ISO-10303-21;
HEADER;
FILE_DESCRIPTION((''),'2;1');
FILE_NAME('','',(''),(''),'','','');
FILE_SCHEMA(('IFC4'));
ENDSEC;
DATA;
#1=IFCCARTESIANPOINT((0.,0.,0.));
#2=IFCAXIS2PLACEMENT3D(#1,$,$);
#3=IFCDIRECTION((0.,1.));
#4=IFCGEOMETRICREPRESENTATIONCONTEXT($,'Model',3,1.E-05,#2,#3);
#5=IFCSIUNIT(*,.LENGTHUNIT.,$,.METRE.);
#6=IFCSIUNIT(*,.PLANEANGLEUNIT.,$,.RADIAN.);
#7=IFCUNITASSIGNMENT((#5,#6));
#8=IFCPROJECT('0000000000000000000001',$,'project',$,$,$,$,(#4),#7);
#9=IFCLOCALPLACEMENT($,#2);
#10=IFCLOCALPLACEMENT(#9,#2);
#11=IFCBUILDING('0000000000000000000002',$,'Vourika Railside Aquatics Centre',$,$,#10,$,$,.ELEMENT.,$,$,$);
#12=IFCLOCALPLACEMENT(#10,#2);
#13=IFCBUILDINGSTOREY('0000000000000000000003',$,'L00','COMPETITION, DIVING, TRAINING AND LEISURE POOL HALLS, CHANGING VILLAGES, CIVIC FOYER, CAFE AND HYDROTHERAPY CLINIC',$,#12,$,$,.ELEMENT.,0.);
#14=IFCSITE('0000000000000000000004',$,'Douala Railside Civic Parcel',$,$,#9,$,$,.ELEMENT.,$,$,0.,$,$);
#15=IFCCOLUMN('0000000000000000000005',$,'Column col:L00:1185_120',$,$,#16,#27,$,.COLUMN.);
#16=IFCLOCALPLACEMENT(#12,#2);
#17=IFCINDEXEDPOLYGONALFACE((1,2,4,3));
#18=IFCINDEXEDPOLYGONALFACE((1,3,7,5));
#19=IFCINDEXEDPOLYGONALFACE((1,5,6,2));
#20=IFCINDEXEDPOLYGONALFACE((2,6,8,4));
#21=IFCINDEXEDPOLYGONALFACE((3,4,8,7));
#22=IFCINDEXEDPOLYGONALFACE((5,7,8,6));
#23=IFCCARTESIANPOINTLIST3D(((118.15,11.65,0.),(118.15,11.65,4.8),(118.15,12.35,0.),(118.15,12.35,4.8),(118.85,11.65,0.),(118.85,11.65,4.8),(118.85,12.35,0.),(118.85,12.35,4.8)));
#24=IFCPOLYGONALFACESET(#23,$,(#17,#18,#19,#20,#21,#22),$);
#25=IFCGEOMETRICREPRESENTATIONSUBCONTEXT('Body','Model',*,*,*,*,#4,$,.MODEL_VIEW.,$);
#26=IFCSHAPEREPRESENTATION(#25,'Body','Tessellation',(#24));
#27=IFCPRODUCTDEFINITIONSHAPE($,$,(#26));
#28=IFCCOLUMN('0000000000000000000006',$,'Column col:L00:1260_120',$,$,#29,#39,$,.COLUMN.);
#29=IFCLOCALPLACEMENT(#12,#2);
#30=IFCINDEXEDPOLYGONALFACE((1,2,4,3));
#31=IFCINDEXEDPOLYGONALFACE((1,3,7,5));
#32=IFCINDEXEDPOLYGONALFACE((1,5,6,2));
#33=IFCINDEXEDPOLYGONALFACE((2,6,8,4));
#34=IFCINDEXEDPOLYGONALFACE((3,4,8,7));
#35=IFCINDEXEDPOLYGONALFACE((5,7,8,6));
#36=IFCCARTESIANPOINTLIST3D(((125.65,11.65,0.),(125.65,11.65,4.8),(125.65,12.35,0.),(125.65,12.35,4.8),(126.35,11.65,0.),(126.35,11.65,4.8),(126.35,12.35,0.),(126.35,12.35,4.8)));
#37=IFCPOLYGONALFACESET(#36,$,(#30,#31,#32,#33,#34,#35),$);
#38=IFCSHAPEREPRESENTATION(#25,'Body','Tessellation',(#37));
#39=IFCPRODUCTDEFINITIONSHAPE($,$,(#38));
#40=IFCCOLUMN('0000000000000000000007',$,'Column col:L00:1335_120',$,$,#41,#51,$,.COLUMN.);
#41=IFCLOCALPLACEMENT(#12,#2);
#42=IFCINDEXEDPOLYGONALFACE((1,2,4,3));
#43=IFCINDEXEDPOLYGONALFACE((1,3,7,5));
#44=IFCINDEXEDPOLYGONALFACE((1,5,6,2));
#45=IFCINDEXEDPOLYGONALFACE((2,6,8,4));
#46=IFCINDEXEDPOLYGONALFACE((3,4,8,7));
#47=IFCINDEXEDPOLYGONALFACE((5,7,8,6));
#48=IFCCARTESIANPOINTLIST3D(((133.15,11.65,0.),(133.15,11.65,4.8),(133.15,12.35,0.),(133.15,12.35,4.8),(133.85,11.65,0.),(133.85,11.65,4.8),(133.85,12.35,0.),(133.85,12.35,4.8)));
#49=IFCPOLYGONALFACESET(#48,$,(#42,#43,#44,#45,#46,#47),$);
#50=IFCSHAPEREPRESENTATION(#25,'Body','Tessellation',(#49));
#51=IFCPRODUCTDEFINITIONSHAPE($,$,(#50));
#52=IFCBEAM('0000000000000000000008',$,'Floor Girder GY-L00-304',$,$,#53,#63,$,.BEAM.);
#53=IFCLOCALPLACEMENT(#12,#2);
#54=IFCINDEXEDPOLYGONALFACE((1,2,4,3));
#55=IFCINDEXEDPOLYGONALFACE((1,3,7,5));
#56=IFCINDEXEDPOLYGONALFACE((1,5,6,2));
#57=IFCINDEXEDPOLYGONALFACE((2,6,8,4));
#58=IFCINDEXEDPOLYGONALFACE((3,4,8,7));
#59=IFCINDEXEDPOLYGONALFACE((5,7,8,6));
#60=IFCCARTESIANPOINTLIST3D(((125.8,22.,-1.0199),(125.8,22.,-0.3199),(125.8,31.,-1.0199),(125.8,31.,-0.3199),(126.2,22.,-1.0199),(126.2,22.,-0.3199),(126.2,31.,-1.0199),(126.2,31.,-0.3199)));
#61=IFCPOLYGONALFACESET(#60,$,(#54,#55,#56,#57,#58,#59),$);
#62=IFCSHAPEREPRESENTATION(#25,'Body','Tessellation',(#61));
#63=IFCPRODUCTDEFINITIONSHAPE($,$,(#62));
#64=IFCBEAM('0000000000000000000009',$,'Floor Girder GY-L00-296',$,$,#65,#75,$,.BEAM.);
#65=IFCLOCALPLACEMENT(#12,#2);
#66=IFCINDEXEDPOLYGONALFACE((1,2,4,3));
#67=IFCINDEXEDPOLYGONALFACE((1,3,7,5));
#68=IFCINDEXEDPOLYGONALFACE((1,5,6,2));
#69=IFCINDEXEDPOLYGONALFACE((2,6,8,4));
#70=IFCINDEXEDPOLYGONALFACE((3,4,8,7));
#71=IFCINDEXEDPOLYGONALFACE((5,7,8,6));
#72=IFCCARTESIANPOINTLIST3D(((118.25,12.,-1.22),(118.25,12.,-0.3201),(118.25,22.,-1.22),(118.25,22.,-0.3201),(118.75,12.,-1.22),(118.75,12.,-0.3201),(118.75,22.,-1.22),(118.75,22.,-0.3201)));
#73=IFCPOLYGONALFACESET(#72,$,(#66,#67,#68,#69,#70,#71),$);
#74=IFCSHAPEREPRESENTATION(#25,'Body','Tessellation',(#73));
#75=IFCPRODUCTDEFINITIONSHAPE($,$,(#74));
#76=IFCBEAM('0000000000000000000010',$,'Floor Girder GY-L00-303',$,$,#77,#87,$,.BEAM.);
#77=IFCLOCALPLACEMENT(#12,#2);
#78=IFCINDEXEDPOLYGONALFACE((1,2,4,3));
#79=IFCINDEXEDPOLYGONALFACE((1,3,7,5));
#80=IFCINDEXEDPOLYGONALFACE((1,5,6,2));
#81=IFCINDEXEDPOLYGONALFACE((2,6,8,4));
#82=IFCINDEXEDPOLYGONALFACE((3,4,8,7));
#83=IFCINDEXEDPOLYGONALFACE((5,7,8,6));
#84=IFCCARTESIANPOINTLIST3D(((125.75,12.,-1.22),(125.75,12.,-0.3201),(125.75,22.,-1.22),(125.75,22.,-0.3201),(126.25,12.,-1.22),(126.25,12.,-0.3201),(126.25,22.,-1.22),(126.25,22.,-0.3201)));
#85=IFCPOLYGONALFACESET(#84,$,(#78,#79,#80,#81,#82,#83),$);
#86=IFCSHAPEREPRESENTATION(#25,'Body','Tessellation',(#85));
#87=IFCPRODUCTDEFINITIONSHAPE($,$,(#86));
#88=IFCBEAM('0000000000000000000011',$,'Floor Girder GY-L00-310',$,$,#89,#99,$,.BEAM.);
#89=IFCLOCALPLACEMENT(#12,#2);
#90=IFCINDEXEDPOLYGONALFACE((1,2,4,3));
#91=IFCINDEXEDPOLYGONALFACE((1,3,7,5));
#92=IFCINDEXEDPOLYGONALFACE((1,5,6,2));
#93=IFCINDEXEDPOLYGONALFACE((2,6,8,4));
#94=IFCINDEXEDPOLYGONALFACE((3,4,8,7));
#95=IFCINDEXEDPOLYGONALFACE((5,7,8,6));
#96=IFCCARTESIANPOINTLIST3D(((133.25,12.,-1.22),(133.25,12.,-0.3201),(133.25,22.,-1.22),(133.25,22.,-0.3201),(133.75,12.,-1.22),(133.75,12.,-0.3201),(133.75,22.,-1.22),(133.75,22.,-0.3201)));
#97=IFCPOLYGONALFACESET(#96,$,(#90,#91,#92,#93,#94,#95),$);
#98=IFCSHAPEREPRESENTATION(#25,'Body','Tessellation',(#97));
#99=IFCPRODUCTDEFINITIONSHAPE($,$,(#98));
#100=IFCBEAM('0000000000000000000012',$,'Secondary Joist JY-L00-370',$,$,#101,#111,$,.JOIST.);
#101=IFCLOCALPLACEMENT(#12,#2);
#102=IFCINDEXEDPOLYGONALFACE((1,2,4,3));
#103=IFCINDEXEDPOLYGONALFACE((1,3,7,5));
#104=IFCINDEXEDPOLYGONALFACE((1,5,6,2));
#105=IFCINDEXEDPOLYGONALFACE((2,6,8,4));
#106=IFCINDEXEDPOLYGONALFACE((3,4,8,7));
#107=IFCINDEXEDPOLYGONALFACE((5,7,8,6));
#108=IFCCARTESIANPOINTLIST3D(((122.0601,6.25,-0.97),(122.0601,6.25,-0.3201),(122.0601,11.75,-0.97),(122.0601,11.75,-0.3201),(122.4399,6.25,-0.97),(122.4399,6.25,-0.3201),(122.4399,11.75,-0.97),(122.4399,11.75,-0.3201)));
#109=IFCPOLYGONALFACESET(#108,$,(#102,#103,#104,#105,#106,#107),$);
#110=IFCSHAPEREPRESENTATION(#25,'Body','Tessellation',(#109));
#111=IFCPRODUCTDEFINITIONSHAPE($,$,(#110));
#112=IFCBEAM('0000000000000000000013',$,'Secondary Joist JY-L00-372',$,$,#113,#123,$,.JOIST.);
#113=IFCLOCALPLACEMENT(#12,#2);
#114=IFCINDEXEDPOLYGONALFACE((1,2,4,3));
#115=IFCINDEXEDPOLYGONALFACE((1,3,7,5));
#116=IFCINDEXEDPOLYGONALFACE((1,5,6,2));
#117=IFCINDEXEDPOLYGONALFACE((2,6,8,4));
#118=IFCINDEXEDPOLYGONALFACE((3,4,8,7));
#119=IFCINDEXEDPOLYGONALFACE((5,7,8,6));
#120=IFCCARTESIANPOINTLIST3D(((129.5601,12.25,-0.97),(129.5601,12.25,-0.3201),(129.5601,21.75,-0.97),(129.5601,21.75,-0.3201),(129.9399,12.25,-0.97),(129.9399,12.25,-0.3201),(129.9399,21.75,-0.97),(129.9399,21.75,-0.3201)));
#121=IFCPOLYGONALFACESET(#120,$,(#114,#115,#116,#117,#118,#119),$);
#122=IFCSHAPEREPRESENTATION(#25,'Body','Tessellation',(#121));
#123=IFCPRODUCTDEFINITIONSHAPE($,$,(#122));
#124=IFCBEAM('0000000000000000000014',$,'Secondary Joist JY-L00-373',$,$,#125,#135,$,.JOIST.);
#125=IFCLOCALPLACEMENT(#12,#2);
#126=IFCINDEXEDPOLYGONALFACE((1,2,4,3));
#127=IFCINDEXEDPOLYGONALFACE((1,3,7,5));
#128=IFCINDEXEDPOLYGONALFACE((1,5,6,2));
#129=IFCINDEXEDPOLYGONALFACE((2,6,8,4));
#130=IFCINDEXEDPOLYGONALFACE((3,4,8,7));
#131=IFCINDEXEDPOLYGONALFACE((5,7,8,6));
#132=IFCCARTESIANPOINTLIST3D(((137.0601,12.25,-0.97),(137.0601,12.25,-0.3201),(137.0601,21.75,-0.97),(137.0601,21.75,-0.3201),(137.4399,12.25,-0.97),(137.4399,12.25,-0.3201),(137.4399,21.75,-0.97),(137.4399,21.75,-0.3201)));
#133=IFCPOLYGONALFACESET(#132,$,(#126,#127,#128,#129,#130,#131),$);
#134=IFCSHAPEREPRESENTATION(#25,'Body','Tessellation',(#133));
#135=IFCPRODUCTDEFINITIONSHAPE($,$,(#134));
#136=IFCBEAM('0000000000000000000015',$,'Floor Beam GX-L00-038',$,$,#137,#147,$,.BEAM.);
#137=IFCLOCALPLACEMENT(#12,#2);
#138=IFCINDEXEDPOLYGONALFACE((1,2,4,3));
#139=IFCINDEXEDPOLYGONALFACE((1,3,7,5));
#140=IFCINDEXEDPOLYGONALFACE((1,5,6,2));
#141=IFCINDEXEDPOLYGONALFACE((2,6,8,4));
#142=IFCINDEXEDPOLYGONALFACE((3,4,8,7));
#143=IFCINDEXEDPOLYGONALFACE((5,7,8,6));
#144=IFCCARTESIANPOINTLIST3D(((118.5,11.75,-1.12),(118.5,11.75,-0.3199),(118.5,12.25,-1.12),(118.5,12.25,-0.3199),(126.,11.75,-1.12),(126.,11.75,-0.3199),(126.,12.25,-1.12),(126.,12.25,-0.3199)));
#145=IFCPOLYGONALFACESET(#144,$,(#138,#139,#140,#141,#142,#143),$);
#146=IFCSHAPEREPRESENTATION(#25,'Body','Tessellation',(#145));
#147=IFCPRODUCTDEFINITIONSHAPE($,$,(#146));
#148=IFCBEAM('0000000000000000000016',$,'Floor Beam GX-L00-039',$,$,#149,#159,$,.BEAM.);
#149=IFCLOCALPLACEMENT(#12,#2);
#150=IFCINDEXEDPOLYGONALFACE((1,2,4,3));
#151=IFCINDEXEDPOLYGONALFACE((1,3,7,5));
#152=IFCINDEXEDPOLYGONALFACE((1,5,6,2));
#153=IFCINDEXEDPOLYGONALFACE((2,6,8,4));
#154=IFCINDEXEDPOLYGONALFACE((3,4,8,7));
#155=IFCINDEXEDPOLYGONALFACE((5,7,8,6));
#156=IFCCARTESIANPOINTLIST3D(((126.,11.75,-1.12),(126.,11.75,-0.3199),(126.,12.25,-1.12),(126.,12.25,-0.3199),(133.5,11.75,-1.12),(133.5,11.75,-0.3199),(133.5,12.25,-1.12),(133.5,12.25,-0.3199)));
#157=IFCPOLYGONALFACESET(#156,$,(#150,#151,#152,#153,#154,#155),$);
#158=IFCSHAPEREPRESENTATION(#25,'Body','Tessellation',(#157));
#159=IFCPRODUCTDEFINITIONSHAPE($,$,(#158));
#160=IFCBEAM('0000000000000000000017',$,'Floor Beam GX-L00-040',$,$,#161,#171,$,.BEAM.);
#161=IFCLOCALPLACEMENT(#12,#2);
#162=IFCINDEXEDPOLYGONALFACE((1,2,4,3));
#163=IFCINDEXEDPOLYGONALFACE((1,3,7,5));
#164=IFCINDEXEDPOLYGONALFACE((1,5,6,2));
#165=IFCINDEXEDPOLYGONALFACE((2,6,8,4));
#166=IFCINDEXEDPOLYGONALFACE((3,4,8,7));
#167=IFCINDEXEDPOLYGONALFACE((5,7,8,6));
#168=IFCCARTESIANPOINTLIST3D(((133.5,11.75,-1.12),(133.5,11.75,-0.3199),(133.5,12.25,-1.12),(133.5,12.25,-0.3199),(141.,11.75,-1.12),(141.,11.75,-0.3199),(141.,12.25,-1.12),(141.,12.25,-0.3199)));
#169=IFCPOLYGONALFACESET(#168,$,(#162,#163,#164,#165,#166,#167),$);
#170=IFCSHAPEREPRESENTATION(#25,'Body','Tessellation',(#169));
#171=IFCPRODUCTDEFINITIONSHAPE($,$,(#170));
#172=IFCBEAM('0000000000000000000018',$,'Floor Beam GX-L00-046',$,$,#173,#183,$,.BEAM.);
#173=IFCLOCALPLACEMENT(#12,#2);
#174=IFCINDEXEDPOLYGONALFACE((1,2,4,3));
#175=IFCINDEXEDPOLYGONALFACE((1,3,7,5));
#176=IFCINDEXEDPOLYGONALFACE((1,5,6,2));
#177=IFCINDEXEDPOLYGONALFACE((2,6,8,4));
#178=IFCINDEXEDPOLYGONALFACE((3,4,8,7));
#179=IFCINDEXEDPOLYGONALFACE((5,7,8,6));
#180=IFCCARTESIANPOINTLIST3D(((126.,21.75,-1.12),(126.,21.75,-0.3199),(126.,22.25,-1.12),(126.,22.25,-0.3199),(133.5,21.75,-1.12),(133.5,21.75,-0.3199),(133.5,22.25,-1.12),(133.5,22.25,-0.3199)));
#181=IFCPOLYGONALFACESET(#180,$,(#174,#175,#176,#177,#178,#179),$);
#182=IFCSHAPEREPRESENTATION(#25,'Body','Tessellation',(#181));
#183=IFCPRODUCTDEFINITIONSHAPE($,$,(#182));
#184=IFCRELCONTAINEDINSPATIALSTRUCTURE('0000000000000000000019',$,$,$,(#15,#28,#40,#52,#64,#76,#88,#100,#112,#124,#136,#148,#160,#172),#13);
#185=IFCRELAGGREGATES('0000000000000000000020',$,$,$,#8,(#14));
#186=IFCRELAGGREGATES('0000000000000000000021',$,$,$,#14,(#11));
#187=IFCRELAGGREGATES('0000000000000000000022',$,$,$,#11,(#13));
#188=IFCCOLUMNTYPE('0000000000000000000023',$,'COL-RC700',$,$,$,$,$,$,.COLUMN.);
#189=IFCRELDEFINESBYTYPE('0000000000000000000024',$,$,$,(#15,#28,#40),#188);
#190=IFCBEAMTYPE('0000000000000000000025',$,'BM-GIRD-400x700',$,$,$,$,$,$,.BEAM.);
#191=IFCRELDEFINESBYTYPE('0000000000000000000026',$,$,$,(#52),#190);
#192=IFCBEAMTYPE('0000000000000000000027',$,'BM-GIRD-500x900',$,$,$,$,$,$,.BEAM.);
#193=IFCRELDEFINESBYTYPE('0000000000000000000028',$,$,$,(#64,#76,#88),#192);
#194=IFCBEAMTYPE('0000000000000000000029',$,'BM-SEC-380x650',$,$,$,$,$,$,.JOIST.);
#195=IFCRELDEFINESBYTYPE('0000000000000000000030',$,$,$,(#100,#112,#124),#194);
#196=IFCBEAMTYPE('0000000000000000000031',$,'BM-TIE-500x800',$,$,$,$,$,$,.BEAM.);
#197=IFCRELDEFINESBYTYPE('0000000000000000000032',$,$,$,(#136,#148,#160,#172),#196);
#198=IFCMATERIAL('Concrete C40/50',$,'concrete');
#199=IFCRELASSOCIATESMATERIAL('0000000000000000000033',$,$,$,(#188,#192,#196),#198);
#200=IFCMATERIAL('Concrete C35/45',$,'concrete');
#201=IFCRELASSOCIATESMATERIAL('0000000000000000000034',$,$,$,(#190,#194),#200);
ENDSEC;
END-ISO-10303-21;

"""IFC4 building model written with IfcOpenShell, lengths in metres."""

from ifc_helpers import new_model, si_unit, direction, frame, origin, origin_2d, place, context, subcontext, project, spatial, rectangle, extrude, material, material_profile, profile_set, type_object, element, save


model = new_model("IFC4")

# Units and contexts
model_context = context("Model", 3, precision=1e-05, world=origin(), true_north=direction((0.0, 1.0)))
body_context = subcontext(model_context, "Body", "Model", "MODEL_VIEW")
ifc_project = project(units=[si_unit("LENGTHUNIT", "METRE"), si_unit("PLANEANGLEUNIT", "RADIAN")], contexts=[model_context])

# Site, building, storey
site_placement = place(None, origin())
site = spatial("IfcSite", under=ifc_project, at=site_placement, Name="Douala Railside Civic Parcel", CompositionType="ELEMENT", RefElevation=0.0)
building_placement = place(site_placement, origin())
building = spatial("IfcBuilding", under=site, at=building_placement, Name="Vourika Railside Aquatics Centre", CompositionType="ELEMENT")
storey_placement = place(building_placement, origin())
storey = spatial("IfcBuildingStorey", under=building, at=storey_placement, Name="L00", Description="COMPETITION, DIVING, TRAINING AND LEISURE POOL HALLS, CHANGING VILLAGES, CIVIC FOYER, CAFE AND HYDROTHERAPY CLINIC", CompositionType="ELEMENT", Elevation=0.0)

# Columns
ifc_material_1 = material(Name="Concrete C40/50", Category="concrete")
ifc_material_profile_1 = material_profile(ifc_material_1, rectangle(XDim=0.7, YDim=0.7, at=origin_2d()), Name="RC 700x700")
ifc_profile_set_1 = profile_set([ifc_material_profile_1], Name="Concrete C40/50")
column_type = type_object("IfcColumnType", Name="COL-RC700", PredefinedType="COLUMN", material=ifc_profile_set_1)
for number, where, z_axis, x_axis, name in (
    (1, (118.5, 12.0, 0.0), (0.0, 0.0, 1.0), (1.0, 0.0, 0.0), "Column col:L00:1185_120"),
    (2, (126.0, 12.0, 0.0), (0.0, 0.0, 1.0), (1.0, 0.0, 0.0), "Column col:L00:1260_120"),
    (3, (133.5, 12.0, 0.0), (0.0, 0.0, 1.0), (1.0, 0.0, 0.0), "Column col:L00:1335_120"),
):
    element("IfcColumn", number, at=place(storey_placement, frame(where, z_axis=z_axis, x_axis=x_axis)), inside=storey, type_object=column_type, Name=name, PredefinedType="COLUMN", context=body_context, shape_type="SweptSolid", body=[
        extrude(rectangle(XDim=0.7, YDim=0.7, at=origin_2d()), origin(), (0.0, 0.0, 1.0), 4.8),
    ])

# Beams
ifc_material_2 = material(Name="Concrete C35/45", Category="concrete")
ifc_material_profile_2 = material_profile(ifc_material_2, rectangle(XDim=0.3999, YDim=0.7, at=origin_2d()), Name="RC 400x700")
ifc_profile_set_2 = profile_set([ifc_material_profile_2], Name="Concrete C35/45")
beam_type_1 = type_object("IfcBeamType", Name="BM-GIRD-400x700", PredefinedType="BEAM", material=ifc_profile_set_2)
beam_1_placement = place(storey_placement, frame((126.0, 22.0, -0.6699), z_axis=(0.0, 1.0, 0.0), x_axis=(-1.0, 0.0, 0.0)))
element("IfcBeam", 4, at=beam_1_placement, inside=storey, type_object=beam_type_1, Name="Floor Girder GY-L00-304", PredefinedType="BEAM", context=body_context, shape_type="SweptSolid", body=[
    extrude(rectangle(XDim=0.3999, YDim=0.7, at=origin_2d()), origin(), (0.0, 0.0, 1.0), 9.0),
])
ifc_material_profile_3 = material_profile(ifc_material_1, rectangle(XDim=0.5, YDim=0.8999, at=origin_2d()), Name="RC 500x900")
ifc_profile_set_3 = profile_set([ifc_material_profile_3], Name="Concrete C40/50")
beam_type_2 = type_object("IfcBeamType", Name="BM-GIRD-500x900", PredefinedType="BEAM", material=ifc_profile_set_3)
for number, where, z_axis, x_axis, name in (
    (5, (118.5, 12.0, -0.77), (0.0, 1.0, 0.0), (-1.0, 0.0, 0.0), "Floor Girder GY-L00-296"),
    (6, (126.0, 12.0, -0.77), (0.0, 1.0, 0.0), (-1.0, 0.0, 0.0), "Floor Girder GY-L00-303"),
    (7, (133.5, 12.0, -0.77), (0.0, 1.0, 0.0), (-1.0, 0.0, 0.0), "Floor Girder GY-L00-310"),
):
    element("IfcBeam", number, at=place(storey_placement, frame(where, z_axis=z_axis, x_axis=x_axis)), inside=storey, type_object=beam_type_2, Name=name, PredefinedType="BEAM", context=body_context, shape_type="SweptSolid", body=[
        extrude(rectangle(XDim=0.5, YDim=0.8999, at=origin_2d()), origin(), (0.0, 0.0, 1.0), 10.0),
    ])
ifc_material_profile_4 = material_profile(ifc_material_2, rectangle(XDim=0.3799, YDim=0.6499, at=origin_2d()), Name="RC 380x650")
ifc_profile_set_4 = profile_set([ifc_material_profile_4], Name="Concrete C35/45")
beam_type_3 = type_object("IfcBeamType", Name="BM-SEC-380x650", PredefinedType="JOIST", material=ifc_profile_set_4)
beam_2_placement = place(storey_placement, frame((122.25, 6.25, -0.645), z_axis=(0.0, 1.0, 0.0), x_axis=(-1.0, 0.0, 0.0)))
element("IfcBeam", 8, at=beam_2_placement, inside=storey, type_object=beam_type_3, Name="Secondary Joist JY-L00-370", PredefinedType="JOIST", context=body_context, shape_type="SweptSolid", body=[
    extrude(rectangle(XDim=0.3799, YDim=0.6499, at=origin_2d()), origin(), (0.0, 0.0, 1.0), 5.5),
])
for number, where, z_axis, x_axis, name in (
    (9, (129.75, 12.25, -0.645), (0.0, 1.0, 0.0), (-1.0, 0.0, 0.0), "Secondary Joist JY-L00-372"),
    (10, (137.25, 12.25, -0.645), (0.0, 1.0, 0.0), (-1.0, 0.0, 0.0), "Secondary Joist JY-L00-373"),
):
    element("IfcBeam", number, at=place(storey_placement, frame(where, z_axis=z_axis, x_axis=x_axis)), inside=storey, type_object=beam_type_3, Name=name, PredefinedType="JOIST", context=body_context, shape_type="SweptSolid", body=[
        extrude(rectangle(XDim=0.3799, YDim=0.6499, at=origin_2d()), origin(), (0.0, 0.0, 1.0), 9.5),
    ])
ifc_material_profile_5 = material_profile(ifc_material_1, rectangle(XDim=0.5, YDim=0.8, at=origin_2d()), Name="RC 500x800")
ifc_profile_set_5 = profile_set([ifc_material_profile_5], Name="Concrete C40/50")
beam_type_4 = type_object("IfcBeamType", Name="BM-TIE-500x800", PredefinedType="BEAM", material=ifc_profile_set_5)
for number, where, z_axis, x_axis, name in (
    (11, (118.5, 12.0, -0.72), (1.0, 0.0, 0.0), (0.0, 1.0, 0.0), "Floor Beam GX-L00-038"),
    (12, (126.0, 12.0, -0.72), (1.0, 0.0, 0.0), (0.0, 1.0, 0.0), "Floor Beam GX-L00-039"),
    (13, (133.5, 12.0, -0.72), (1.0, 0.0, 0.0), (0.0, 1.0, 0.0), "Floor Beam GX-L00-040"),
    (14, (126.0, 22.0, -0.72), (1.0, 0.0, 0.0), (0.0, 1.0, 0.0), "Floor Beam GX-L00-046"),
):
    element("IfcBeam", number, at=place(storey_placement, frame(where, z_axis=z_axis, x_axis=x_axis)), inside=storey, type_object=beam_type_4, Name=name, PredefinedType="BEAM", context=body_context, shape_type="SweptSolid", body=[
        extrude(rectangle(XDim=0.5, YDim=0.8, at=origin_2d()), origin(), (0.0, 0.0, 1.0), 7.5),
    ])

save(model, "model.ifc")
